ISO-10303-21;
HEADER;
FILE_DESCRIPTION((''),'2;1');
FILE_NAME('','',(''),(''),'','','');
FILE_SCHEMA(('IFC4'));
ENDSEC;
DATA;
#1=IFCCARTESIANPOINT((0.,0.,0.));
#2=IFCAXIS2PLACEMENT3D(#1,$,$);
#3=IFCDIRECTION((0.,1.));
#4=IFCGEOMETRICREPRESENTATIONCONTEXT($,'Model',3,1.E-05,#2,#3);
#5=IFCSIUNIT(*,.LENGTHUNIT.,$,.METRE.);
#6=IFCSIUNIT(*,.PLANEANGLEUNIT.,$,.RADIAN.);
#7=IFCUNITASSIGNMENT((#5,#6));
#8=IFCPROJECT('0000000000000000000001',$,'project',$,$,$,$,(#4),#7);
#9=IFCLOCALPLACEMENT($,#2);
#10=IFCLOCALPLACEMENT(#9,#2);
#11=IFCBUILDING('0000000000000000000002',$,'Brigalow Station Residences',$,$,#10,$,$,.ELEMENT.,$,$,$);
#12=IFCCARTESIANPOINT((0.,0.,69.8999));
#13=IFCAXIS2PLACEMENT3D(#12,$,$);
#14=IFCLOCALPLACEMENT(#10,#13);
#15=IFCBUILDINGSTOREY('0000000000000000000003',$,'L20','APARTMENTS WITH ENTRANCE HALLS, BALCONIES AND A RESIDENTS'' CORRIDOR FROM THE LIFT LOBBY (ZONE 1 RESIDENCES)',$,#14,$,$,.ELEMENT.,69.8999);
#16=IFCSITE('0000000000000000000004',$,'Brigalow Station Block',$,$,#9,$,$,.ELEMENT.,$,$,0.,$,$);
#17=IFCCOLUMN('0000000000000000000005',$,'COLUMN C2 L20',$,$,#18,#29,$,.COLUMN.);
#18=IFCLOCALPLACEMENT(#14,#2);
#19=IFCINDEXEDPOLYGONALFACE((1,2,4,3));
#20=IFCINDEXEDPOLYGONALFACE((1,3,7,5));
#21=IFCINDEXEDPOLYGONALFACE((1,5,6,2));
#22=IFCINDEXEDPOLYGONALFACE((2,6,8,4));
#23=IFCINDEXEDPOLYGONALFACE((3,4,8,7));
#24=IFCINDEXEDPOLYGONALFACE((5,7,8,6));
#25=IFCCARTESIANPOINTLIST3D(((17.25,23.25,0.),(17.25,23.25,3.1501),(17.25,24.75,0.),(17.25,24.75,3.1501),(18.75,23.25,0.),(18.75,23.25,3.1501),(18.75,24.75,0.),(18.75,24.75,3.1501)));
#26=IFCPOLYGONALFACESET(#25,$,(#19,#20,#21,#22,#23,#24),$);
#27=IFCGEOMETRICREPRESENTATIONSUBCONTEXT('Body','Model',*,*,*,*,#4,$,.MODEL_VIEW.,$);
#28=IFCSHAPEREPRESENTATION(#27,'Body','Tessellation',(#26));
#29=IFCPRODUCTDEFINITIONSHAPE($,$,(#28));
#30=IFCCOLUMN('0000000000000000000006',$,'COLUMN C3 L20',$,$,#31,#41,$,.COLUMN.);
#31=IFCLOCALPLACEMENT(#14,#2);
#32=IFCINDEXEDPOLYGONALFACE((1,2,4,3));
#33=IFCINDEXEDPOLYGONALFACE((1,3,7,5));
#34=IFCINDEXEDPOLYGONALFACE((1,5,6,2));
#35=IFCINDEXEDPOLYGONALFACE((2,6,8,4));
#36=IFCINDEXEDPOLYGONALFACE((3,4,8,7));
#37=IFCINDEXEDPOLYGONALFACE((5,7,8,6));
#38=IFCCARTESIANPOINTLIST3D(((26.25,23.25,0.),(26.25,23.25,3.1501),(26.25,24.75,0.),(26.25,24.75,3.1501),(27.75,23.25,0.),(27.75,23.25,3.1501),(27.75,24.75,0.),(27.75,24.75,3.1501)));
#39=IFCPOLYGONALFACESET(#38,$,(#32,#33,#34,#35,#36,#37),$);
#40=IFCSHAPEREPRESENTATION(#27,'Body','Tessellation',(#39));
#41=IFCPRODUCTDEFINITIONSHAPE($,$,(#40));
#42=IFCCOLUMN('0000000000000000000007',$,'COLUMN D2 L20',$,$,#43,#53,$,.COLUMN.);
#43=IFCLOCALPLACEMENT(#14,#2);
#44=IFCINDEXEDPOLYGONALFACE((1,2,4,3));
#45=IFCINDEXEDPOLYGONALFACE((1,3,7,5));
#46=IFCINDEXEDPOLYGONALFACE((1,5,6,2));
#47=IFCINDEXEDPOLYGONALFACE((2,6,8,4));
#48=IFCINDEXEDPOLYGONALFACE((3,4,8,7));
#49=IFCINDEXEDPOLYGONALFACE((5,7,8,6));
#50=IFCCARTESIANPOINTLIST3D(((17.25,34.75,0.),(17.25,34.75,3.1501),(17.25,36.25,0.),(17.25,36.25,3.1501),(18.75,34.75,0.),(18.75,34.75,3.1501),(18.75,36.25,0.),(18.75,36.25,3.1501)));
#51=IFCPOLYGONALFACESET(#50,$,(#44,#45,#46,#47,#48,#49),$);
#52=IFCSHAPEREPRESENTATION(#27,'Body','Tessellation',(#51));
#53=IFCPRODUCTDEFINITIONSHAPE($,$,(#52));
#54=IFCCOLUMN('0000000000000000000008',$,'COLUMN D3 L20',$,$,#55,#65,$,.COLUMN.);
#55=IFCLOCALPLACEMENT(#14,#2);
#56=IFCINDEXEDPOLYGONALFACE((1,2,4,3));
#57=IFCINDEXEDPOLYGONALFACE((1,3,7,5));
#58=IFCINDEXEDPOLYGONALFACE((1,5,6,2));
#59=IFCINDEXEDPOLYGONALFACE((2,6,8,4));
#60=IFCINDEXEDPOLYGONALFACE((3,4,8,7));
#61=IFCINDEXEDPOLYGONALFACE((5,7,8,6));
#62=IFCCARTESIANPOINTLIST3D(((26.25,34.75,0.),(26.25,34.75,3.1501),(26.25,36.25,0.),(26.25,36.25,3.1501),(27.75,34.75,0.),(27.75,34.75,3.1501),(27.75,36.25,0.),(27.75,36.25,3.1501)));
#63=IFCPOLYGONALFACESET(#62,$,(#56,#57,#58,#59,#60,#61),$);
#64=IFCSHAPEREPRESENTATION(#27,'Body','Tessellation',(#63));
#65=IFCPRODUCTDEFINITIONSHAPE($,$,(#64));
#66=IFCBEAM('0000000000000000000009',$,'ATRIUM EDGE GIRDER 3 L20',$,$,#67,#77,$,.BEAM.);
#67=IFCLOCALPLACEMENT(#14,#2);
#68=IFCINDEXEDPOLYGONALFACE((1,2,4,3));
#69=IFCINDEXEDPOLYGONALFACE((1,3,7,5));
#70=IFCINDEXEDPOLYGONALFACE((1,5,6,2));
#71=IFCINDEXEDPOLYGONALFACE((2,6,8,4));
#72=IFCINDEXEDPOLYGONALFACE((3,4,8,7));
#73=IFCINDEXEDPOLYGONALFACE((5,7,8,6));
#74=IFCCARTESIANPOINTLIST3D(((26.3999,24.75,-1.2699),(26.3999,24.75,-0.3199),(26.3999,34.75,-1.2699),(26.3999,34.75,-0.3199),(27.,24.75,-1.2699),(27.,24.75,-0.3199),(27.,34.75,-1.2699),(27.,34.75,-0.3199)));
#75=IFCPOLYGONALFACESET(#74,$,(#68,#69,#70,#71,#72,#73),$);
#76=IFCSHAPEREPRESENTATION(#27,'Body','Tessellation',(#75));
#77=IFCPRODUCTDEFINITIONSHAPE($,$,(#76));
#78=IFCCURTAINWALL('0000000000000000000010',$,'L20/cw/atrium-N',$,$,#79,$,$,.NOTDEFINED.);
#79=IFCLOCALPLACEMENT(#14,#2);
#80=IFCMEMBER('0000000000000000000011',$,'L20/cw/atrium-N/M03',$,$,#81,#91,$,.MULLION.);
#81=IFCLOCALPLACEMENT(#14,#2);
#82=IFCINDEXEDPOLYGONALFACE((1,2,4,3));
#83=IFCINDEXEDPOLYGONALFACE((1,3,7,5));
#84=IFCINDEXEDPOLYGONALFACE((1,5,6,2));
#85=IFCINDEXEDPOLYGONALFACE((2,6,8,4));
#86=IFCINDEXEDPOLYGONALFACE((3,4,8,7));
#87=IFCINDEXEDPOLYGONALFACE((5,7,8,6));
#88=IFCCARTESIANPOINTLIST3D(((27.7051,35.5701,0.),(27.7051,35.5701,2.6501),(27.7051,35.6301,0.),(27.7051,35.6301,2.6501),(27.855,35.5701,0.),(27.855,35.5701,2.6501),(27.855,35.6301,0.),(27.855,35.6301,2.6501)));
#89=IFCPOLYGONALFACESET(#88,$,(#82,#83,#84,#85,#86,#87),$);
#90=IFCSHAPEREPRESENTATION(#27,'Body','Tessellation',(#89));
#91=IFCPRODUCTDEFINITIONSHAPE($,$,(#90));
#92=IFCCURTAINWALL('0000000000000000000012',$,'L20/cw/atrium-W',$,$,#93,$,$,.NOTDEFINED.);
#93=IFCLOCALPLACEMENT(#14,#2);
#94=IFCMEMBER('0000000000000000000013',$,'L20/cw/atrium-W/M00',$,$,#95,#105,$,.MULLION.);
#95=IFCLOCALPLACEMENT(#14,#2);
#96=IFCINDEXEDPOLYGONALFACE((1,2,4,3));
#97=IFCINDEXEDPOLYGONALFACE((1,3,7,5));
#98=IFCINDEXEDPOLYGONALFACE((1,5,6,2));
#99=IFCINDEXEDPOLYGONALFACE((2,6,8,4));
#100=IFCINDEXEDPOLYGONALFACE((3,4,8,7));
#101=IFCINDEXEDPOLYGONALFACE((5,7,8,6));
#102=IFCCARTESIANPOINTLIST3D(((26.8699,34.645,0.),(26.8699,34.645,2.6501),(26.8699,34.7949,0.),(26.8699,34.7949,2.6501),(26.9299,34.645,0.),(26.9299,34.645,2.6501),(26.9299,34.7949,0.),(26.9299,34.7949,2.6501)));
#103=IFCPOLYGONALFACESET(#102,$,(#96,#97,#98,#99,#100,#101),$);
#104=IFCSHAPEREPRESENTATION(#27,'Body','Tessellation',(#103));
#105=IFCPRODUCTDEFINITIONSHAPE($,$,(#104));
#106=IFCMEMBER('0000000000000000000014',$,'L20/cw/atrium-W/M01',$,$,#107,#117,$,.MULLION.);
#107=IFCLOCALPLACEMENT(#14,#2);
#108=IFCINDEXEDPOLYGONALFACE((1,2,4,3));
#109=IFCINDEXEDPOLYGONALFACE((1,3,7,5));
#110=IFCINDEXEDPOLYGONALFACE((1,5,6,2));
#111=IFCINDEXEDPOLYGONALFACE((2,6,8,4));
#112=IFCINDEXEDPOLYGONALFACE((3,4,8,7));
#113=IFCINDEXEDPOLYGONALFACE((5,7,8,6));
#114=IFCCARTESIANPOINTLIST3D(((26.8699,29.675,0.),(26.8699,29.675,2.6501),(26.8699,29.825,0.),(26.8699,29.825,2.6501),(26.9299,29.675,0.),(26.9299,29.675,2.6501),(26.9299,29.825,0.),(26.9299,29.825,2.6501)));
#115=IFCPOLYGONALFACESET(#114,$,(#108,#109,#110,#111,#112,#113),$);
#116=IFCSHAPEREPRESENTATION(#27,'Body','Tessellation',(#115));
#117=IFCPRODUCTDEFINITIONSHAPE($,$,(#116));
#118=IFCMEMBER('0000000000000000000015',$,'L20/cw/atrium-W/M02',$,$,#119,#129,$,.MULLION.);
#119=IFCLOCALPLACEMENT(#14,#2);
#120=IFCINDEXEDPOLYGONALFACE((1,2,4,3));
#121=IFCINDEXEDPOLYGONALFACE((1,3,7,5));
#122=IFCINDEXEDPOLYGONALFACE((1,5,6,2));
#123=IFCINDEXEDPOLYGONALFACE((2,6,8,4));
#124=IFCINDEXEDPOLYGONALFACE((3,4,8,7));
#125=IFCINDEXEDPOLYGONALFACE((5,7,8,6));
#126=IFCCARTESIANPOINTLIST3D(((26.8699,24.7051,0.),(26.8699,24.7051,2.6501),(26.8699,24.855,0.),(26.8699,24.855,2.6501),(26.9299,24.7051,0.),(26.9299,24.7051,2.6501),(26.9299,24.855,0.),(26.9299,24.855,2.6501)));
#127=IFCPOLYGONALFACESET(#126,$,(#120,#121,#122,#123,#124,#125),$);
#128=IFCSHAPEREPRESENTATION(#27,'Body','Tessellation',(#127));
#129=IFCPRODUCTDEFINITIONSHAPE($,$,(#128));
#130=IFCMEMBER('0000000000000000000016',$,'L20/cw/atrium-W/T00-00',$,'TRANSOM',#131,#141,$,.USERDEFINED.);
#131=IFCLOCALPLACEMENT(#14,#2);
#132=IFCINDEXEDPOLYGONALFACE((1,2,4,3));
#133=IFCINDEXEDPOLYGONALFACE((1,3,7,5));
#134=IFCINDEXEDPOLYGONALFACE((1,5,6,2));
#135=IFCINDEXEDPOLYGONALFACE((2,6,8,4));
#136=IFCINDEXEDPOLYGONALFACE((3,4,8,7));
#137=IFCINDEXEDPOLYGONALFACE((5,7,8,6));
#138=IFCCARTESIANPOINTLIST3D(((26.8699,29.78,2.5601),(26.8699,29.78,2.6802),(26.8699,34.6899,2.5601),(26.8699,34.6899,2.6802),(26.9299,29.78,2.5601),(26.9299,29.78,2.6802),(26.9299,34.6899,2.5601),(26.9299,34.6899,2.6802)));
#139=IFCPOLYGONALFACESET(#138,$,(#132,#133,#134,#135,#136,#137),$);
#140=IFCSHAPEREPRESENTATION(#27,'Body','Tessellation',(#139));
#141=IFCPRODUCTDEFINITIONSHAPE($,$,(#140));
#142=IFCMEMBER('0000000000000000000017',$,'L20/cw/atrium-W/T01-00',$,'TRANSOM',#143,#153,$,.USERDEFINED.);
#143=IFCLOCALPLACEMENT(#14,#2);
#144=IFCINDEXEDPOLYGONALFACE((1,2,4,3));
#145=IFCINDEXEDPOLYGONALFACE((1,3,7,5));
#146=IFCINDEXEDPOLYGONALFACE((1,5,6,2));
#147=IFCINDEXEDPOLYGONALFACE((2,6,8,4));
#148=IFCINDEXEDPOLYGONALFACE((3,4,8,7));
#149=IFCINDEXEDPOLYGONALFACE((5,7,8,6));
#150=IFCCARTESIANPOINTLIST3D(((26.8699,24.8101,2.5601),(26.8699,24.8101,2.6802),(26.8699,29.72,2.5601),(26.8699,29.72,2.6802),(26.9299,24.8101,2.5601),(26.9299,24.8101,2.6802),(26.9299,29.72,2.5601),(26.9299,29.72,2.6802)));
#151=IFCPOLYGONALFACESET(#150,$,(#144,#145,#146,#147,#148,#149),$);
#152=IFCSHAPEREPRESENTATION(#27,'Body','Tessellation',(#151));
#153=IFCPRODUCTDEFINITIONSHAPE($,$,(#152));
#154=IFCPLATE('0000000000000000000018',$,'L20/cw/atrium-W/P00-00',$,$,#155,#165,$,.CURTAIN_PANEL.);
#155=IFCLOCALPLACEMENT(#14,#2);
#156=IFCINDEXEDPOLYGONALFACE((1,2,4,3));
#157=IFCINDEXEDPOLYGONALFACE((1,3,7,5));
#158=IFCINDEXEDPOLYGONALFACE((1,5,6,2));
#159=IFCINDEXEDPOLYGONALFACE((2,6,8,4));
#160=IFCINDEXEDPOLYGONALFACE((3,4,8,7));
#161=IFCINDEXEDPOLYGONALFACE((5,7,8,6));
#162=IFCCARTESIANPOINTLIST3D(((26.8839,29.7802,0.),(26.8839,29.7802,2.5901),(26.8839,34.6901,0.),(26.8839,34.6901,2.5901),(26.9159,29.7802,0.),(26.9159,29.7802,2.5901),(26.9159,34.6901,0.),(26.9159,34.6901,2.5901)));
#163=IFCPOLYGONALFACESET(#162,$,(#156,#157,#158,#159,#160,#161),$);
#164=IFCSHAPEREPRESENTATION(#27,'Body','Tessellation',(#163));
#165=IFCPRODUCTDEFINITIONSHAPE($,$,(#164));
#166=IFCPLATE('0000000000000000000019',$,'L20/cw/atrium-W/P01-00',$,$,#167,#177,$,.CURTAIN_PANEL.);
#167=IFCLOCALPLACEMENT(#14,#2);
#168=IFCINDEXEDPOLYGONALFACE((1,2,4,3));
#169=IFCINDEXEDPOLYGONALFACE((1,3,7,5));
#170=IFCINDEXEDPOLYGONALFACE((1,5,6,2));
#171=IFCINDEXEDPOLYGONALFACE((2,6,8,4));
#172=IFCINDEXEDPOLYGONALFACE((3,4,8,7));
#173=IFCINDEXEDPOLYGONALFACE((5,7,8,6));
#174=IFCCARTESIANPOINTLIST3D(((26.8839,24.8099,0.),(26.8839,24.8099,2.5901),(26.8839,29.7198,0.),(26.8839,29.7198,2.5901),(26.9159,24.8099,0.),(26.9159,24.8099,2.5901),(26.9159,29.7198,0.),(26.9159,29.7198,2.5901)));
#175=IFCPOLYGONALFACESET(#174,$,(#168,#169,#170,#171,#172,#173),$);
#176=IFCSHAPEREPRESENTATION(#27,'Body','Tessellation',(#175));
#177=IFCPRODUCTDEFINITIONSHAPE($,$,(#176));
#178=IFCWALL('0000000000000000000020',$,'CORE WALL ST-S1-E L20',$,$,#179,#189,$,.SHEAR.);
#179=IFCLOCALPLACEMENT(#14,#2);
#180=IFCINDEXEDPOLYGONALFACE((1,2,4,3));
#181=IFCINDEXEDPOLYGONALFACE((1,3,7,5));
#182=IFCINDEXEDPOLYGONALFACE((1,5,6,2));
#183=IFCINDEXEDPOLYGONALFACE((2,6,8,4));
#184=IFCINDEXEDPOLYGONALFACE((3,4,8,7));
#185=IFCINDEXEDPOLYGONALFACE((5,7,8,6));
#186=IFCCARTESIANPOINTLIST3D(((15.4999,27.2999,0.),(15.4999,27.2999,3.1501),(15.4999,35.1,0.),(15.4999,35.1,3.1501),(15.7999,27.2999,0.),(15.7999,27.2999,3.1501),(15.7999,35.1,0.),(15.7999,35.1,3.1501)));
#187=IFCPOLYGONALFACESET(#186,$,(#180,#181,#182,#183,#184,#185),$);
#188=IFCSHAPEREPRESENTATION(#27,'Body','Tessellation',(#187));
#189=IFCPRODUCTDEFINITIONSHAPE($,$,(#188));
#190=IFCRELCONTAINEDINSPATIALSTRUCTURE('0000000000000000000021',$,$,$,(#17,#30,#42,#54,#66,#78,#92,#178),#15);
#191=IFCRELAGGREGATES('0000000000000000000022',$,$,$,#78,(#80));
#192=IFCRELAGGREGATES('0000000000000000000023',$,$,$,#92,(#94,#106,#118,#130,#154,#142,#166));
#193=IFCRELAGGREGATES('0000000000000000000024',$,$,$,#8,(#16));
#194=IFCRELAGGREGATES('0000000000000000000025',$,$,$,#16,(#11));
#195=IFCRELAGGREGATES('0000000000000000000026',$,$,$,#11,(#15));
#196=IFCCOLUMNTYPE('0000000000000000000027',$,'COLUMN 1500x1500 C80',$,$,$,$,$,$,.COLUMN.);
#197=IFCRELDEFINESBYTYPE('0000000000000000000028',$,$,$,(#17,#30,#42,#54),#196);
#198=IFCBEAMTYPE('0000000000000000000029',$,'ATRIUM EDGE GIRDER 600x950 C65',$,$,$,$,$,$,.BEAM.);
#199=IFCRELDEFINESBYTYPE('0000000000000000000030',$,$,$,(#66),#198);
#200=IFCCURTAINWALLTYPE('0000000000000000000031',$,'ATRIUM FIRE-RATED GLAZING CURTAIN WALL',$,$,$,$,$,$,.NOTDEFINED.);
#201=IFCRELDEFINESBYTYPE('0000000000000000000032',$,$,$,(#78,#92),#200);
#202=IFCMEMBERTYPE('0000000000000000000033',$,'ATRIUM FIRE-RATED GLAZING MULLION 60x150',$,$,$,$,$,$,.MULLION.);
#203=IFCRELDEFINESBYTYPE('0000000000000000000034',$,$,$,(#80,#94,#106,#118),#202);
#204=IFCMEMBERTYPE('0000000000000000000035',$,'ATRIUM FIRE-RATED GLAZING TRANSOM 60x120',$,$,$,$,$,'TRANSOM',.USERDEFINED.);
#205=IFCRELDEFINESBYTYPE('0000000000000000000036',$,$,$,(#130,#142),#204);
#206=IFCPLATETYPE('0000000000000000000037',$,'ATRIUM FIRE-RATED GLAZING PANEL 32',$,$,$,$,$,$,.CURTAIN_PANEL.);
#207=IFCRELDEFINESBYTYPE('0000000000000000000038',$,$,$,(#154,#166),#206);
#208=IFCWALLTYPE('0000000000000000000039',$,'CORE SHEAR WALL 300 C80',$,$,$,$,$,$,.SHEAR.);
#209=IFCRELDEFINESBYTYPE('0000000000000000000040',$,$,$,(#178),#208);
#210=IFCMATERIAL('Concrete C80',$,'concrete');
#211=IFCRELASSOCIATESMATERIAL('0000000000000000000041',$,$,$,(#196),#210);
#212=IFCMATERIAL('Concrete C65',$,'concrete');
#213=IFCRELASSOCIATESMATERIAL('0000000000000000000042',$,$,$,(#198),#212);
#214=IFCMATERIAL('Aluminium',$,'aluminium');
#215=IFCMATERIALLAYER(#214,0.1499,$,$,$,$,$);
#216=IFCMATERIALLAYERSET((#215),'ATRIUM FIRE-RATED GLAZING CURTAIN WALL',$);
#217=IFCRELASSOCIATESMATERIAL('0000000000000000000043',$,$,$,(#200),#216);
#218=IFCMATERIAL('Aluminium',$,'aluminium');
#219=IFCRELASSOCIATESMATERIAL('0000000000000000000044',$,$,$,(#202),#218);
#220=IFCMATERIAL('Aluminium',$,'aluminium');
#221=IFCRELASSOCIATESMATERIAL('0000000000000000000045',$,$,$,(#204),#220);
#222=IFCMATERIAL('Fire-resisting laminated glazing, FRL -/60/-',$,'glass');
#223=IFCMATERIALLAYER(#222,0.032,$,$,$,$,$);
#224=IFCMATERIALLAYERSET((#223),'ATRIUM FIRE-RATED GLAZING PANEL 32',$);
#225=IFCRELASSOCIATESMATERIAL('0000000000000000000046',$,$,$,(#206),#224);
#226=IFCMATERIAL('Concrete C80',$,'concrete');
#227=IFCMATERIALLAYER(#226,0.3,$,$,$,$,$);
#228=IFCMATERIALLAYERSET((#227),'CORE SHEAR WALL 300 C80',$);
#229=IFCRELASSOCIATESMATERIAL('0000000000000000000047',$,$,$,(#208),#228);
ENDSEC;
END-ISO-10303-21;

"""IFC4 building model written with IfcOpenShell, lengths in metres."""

from ifc_helpers import new_model, si_unit, direction, frame, frame_2d, origin, origin_2d, place, context, subcontext, project, spatial, rectangle, extrude, material, layer, layer_set, material_profile, profile_set, type_object, element, aggregate, save


model = new_model("IFC4")

# Units and contexts
model_context = context("Model", 3, precision=1e-05, world=origin(), true_north=direction((0.0, 1.0)))
body_context = subcontext(model_context, "Body", "Model", "MODEL_VIEW")
ifc_project = project(units=[si_unit("LENGTHUNIT", "METRE"), si_unit("PLANEANGLEUNIT", "RADIAN")], contexts=[model_context])

# Site, building, storey
site_placement = place(None, origin())
site = spatial("IfcSite", under=ifc_project, at=site_placement, Name="Brigalow Station Block", CompositionType="ELEMENT", RefElevation=0.0)
building_placement = place(site_placement, origin())
building = spatial("IfcBuilding", under=site, at=building_placement, Name="Brigalow Station Residences", CompositionType="ELEMENT")
storey_placement = place(building_placement, frame((0.0, 0.0, 69.8999)))
storey = spatial("IfcBuildingStorey", under=building, at=storey_placement, Name="L20", Description="APARTMENTS WITH ENTRANCE HALLS, BALCONIES AND A RESIDENTS' CORRIDOR FROM THE LIFT LOBBY (ZONE 1 RESIDENCES)", CompositionType="ELEMENT", Elevation=69.8999)

# Columns
ifc_material_1 = material(Name="Concrete C80", Category="concrete")
ifc_material_profile_1 = material_profile(ifc_material_1, rectangle(XDim=1.5, YDim=1.5, at=origin_2d()), Name="RC1500x1500")
ifc_profile_set_1 = profile_set([ifc_material_profile_1], Name="Concrete C80")
column_type = type_object("IfcColumnType", Name="COLUMN 1500x1500 C80", PredefinedType="COLUMN", material=ifc_profile_set_1)
for number, where, z_axis, x_axis, name in (
    (1, (18.0, 24.0, 0.0), (0.0, 0.0, 1.0), (1.0, 0.0, 0.0), "COLUMN C2 L20"),
    (2, (27.0, 24.0, 0.0), (0.0, 0.0, 1.0), (1.0, 0.0, 0.0), "COLUMN C3 L20"),
    (3, (18.0, 35.5, 0.0), (0.0, 0.0, 1.0), (1.0, 0.0, 0.0), "COLUMN D2 L20"),
    (4, (27.0, 35.5, 0.0), (0.0, 0.0, 1.0), (1.0, 0.0, 0.0), "COLUMN D3 L20"),
):
    element("IfcColumn", number, at=place(storey_placement, frame(where, z_axis=z_axis, x_axis=x_axis)), inside=storey, type_object=column_type, Name=name, PredefinedType="COLUMN", context=body_context, shape_type="SweptSolid", body=[
        extrude(rectangle(XDim=1.5, YDim=1.5, at=origin_2d()), origin(), (0.0, 0.0, 1.0), 3.1501),
    ])

# Beam
ifc_material_2 = material(Name="Concrete C65", Category="concrete")
ifc_material_profile_2 = material_profile(ifc_material_2, rectangle(XDim=0.6001, YDim=0.95, at=origin_2d()), Name="RC600x950")
ifc_profile_set_2 = profile_set([ifc_material_profile_2], Name="Concrete C65")
beam_type = type_object("IfcBeamType", Name="ATRIUM EDGE GIRDER 600x950 C65", PredefinedType="BEAM", material=ifc_profile_set_2)
beam_placement = place(storey_placement, frame((26.7, 24.75, -0.7949), z_axis=(0.0, 1.0, 0.0), x_axis=(-1.0, 0.0, 0.0)))
element("IfcBeam", 5, at=beam_placement, inside=storey, type_object=beam_type, Name="ATRIUM EDGE GIRDER 3 L20", PredefinedType="BEAM", context=body_context, shape_type="SweptSolid", body=[
    extrude(rectangle(XDim=0.6001, YDim=0.95, at=origin_2d()), origin(), (0.0, 0.0, 1.0), 10.0),
])

# Curtain wall, member
ifc_material_3 = material(Name="Aluminium", Category="aluminium")
ifc_layer_1 = layer(ifc_material_3, 0.1499)
ifc_layer_set_1 = layer_set([ifc_layer_1], Name="ATRIUM FIRE-RATED GLAZING CURTAIN WALL")
curtain_wall_type = type_object("IfcCurtainWallType", Name="ATRIUM FIRE-RATED GLAZING CURTAIN WALL", PredefinedType="NOTDEFINED", material=ifc_layer_set_1)
curtain_wall_1_placement = place(storey_placement, origin())
curtain_wall_1 = element("IfcCurtainWall", 6, at=curtain_wall_1_placement, inside=storey, type_object=curtain_wall_type, Name="L20/cw/atrium-N", PredefinedType="NOTDEFINED")
ifc_material_4 = material(Name="Aluminium", Category="aluminium")
ifc_material_profile_3 = material_profile(ifc_material_4, rectangle(XDim=0.0601, YDim=0.1499, at=origin_2d()), Name="ATRIUM FIRE-RATED GLAZING MULLION 60x150")
ifc_profile_set_3 = profile_set([ifc_material_profile_3], Name="Aluminium")
member_type_1 = type_object("IfcMemberType", Name="ATRIUM FIRE-RATED GLAZING MULLION 60x150", PredefinedType="MULLION", material=ifc_profile_set_3)
member_1_placement = place(storey_placement, frame((27.78, 35.6001, 0.0), z_axis=(0.0, 0.0, 1.0), x_axis=(0.0, -1.0, 0.0)))
member_1 = element("IfcMember", 7, at=member_1_placement, type_object=member_type_1, Name="L20/cw/atrium-N/M03", PredefinedType="MULLION", context=body_context, shape_type="SweptSolid", body=[
    extrude(rectangle(XDim=0.0601, YDim=0.1499, at=origin_2d()), origin(), (0.0, 0.0, 1.0), 2.6501),
])
aggregate(curtain_wall_1, [member_1])

# Curtain wall, members, plates
curtain_wall_2_placement = place(storey_placement, origin())
curtain_wall_2 = element("IfcCurtainWall", 8, at=curtain_wall_2_placement, inside=storey, type_object=curtain_wall_type, Name="L20/cw/atrium-W", PredefinedType="NOTDEFINED")
member_2_placement = place(storey_placement, frame((26.8999, 34.72, 0.0), z_axis=(0.0, 0.0, 1.0), x_axis=(1.0, 0.0, 0.0)))
member_2 = element("IfcMember", 9, at=member_2_placement, type_object=member_type_1, Name="L20/cw/atrium-W/M00", PredefinedType="MULLION", context=body_context, shape_type="SweptSolid", body=[
    extrude(rectangle(XDim=0.0601, YDim=0.1499, at=origin_2d()), origin(), (0.0, 0.0, 1.0), 2.6501),
])
member_3_placement = place(storey_placement, frame((26.8999, 29.75, 0.0), z_axis=(0.0, 0.0, 1.0), x_axis=(1.0, 0.0, 0.0)))
member_3 = element("IfcMember", 10, at=member_3_placement, type_object=member_type_1, Name="L20/cw/atrium-W/M01", PredefinedType="MULLION", context=body_context, shape_type="SweptSolid", body=[
    extrude(rectangle(XDim=0.0601, YDim=0.1499, at=origin_2d()), origin(), (0.0, 0.0, 1.0), 2.6501),
])
member_4_placement = place(storey_placement, frame((26.8999, 24.78, 0.0), z_axis=(0.0, 0.0, 1.0), x_axis=(1.0, 0.0, 0.0)))
member_4 = element("IfcMember", 11, at=member_4_placement, type_object=member_type_1, Name="L20/cw/atrium-W/M02", PredefinedType="MULLION", context=body_context, shape_type="SweptSolid", body=[
    extrude(rectangle(XDim=0.0601, YDim=0.1499, at=origin_2d()), origin(), (0.0, 0.0, 1.0), 2.6501),
])
ifc_material_5 = material(Name="Aluminium", Category="aluminium")
ifc_material_profile_4 = material_profile(ifc_material_5, rectangle(XDim=0.0601, YDim=0.1201, at=origin_2d()), Name="ATRIUM FIRE-RATED GLAZING TRANSOM 60x120")
ifc_profile_set_4 = profile_set([ifc_material_profile_4], Name="Aluminium")
member_type_2 = type_object("IfcMemberType", Name="ATRIUM FIRE-RATED GLAZING TRANSOM 60x120", ElementType="TRANSOM", PredefinedType="USERDEFINED", material=ifc_profile_set_4)
member_5_placement = place(storey_placement, frame((26.8999, 34.6899, 2.6201), z_axis=(0.0, -1.0, 0.0), x_axis=(1.0, 0.0, 0.0)))
member_5 = element("IfcMember", 12, at=member_5_placement, type_object=member_type_2, Name="L20/cw/atrium-W/T00-00", ObjectType="TRANSOM", PredefinedType="USERDEFINED", context=body_context, shape_type="SweptSolid", body=[
    extrude(rectangle(XDim=0.0601, YDim=0.1201, at=origin_2d()), origin(), (0.0, 0.0, 1.0), 4.9099),
])
member_6_placement = place(storey_placement, frame((26.8999, 29.72, 2.6201), z_axis=(0.0, -1.0, 0.0), x_axis=(1.0, 0.0, 0.0)))
member_6 = element("IfcMember", 13, at=member_6_placement, type_object=member_type_2, Name="L20/cw/atrium-W/T01-00", ObjectType="TRANSOM", PredefinedType="USERDEFINED", context=body_context, shape_type="SweptSolid", body=[
    extrude(rectangle(XDim=0.0601, YDim=0.1201, at=origin_2d()), origin(), (0.0, 0.0, 1.0), 4.9099),
])
ifc_material_6 = material(Name="Fire-resisting laminated glazing, FRL -/60/-", Category="glass")
ifc_layer_2 = layer(ifc_material_6, 0.032)
ifc_layer_set_2 = layer_set([ifc_layer_2], Name="ATRIUM FIRE-RATED GLAZING PANEL 32")
plate_type = type_object("IfcPlateType", Name="ATRIUM FIRE-RATED GLAZING PANEL 32", PredefinedType="CURTAIN_PANEL", material=ifc_layer_set_2)
plate_1_placement = place(storey_placement, frame((26.8999, 32.2351, 0.0), z_axis=(0.0, 0.0, 1.0), x_axis=(0.0, -1.0, 0.0)))
plate_1 = element("IfcPlate", 14, at=plate_1_placement, type_object=plate_type, Name="L20/cw/atrium-W/P00-00", PredefinedType="CURTAIN_PANEL", context=body_context, shape_type="SweptSolid", body=[
    extrude(rectangle(XDim=4.9099, YDim=0.032, at=origin_2d()), origin(), (0.0, 0.0, 1.0), 2.5901),
])
plate_2_placement = place(storey_placement, frame((26.8999, 27.2649, 0.0), z_axis=(0.0, 0.0, 1.0), x_axis=(0.0, -1.0, 0.0)))
plate_2 = element("IfcPlate", 15, at=plate_2_placement, type_object=plate_type, Name="L20/cw/atrium-W/P01-00", PredefinedType="CURTAIN_PANEL", context=body_context, shape_type="SweptSolid", body=[
    extrude(rectangle(XDim=4.9099, YDim=0.032, at=origin_2d()), origin(), (0.0, 0.0, 1.0), 2.5901),
])
aggregate(curtain_wall_2, [member_2, member_3, member_4, member_5, plate_1, member_6, plate_2])

# Wall
ifc_material_7 = material(Name="Concrete C80", Category="concrete")
ifc_layer_3 = layer(ifc_material_7, 0.3)
ifc_layer_set_3 = layer_set([ifc_layer_3], Name="CORE SHEAR WALL 300 C80")
wall_type_1 = type_object("IfcWallType", Name="CORE SHEAR WALL 300 C80", PredefinedType="SHEAR", material=ifc_layer_set_3)
wall_1_placement = place(storey_placement, frame((15.6499, 27.3, 0.0), z_axis=(0.0, 0.0, 1.0), x_axis=(0.0, 1.0, 0.0)))
element("IfcWall", 16, at=wall_1_placement, inside=storey, type_object=wall_type_1, Name="CORE WALL ST-S1-E L20", PredefinedType="SHEAR", context=body_context, shape_type="SweptSolid", body=[
    extrude(rectangle(XDim=7.8, YDim=0.3, at=frame_2d((3.8999, 0.0))), origin(), (0.0, 0.0, 1.0), 3.1501),
])

save(model, "model.ifc")
